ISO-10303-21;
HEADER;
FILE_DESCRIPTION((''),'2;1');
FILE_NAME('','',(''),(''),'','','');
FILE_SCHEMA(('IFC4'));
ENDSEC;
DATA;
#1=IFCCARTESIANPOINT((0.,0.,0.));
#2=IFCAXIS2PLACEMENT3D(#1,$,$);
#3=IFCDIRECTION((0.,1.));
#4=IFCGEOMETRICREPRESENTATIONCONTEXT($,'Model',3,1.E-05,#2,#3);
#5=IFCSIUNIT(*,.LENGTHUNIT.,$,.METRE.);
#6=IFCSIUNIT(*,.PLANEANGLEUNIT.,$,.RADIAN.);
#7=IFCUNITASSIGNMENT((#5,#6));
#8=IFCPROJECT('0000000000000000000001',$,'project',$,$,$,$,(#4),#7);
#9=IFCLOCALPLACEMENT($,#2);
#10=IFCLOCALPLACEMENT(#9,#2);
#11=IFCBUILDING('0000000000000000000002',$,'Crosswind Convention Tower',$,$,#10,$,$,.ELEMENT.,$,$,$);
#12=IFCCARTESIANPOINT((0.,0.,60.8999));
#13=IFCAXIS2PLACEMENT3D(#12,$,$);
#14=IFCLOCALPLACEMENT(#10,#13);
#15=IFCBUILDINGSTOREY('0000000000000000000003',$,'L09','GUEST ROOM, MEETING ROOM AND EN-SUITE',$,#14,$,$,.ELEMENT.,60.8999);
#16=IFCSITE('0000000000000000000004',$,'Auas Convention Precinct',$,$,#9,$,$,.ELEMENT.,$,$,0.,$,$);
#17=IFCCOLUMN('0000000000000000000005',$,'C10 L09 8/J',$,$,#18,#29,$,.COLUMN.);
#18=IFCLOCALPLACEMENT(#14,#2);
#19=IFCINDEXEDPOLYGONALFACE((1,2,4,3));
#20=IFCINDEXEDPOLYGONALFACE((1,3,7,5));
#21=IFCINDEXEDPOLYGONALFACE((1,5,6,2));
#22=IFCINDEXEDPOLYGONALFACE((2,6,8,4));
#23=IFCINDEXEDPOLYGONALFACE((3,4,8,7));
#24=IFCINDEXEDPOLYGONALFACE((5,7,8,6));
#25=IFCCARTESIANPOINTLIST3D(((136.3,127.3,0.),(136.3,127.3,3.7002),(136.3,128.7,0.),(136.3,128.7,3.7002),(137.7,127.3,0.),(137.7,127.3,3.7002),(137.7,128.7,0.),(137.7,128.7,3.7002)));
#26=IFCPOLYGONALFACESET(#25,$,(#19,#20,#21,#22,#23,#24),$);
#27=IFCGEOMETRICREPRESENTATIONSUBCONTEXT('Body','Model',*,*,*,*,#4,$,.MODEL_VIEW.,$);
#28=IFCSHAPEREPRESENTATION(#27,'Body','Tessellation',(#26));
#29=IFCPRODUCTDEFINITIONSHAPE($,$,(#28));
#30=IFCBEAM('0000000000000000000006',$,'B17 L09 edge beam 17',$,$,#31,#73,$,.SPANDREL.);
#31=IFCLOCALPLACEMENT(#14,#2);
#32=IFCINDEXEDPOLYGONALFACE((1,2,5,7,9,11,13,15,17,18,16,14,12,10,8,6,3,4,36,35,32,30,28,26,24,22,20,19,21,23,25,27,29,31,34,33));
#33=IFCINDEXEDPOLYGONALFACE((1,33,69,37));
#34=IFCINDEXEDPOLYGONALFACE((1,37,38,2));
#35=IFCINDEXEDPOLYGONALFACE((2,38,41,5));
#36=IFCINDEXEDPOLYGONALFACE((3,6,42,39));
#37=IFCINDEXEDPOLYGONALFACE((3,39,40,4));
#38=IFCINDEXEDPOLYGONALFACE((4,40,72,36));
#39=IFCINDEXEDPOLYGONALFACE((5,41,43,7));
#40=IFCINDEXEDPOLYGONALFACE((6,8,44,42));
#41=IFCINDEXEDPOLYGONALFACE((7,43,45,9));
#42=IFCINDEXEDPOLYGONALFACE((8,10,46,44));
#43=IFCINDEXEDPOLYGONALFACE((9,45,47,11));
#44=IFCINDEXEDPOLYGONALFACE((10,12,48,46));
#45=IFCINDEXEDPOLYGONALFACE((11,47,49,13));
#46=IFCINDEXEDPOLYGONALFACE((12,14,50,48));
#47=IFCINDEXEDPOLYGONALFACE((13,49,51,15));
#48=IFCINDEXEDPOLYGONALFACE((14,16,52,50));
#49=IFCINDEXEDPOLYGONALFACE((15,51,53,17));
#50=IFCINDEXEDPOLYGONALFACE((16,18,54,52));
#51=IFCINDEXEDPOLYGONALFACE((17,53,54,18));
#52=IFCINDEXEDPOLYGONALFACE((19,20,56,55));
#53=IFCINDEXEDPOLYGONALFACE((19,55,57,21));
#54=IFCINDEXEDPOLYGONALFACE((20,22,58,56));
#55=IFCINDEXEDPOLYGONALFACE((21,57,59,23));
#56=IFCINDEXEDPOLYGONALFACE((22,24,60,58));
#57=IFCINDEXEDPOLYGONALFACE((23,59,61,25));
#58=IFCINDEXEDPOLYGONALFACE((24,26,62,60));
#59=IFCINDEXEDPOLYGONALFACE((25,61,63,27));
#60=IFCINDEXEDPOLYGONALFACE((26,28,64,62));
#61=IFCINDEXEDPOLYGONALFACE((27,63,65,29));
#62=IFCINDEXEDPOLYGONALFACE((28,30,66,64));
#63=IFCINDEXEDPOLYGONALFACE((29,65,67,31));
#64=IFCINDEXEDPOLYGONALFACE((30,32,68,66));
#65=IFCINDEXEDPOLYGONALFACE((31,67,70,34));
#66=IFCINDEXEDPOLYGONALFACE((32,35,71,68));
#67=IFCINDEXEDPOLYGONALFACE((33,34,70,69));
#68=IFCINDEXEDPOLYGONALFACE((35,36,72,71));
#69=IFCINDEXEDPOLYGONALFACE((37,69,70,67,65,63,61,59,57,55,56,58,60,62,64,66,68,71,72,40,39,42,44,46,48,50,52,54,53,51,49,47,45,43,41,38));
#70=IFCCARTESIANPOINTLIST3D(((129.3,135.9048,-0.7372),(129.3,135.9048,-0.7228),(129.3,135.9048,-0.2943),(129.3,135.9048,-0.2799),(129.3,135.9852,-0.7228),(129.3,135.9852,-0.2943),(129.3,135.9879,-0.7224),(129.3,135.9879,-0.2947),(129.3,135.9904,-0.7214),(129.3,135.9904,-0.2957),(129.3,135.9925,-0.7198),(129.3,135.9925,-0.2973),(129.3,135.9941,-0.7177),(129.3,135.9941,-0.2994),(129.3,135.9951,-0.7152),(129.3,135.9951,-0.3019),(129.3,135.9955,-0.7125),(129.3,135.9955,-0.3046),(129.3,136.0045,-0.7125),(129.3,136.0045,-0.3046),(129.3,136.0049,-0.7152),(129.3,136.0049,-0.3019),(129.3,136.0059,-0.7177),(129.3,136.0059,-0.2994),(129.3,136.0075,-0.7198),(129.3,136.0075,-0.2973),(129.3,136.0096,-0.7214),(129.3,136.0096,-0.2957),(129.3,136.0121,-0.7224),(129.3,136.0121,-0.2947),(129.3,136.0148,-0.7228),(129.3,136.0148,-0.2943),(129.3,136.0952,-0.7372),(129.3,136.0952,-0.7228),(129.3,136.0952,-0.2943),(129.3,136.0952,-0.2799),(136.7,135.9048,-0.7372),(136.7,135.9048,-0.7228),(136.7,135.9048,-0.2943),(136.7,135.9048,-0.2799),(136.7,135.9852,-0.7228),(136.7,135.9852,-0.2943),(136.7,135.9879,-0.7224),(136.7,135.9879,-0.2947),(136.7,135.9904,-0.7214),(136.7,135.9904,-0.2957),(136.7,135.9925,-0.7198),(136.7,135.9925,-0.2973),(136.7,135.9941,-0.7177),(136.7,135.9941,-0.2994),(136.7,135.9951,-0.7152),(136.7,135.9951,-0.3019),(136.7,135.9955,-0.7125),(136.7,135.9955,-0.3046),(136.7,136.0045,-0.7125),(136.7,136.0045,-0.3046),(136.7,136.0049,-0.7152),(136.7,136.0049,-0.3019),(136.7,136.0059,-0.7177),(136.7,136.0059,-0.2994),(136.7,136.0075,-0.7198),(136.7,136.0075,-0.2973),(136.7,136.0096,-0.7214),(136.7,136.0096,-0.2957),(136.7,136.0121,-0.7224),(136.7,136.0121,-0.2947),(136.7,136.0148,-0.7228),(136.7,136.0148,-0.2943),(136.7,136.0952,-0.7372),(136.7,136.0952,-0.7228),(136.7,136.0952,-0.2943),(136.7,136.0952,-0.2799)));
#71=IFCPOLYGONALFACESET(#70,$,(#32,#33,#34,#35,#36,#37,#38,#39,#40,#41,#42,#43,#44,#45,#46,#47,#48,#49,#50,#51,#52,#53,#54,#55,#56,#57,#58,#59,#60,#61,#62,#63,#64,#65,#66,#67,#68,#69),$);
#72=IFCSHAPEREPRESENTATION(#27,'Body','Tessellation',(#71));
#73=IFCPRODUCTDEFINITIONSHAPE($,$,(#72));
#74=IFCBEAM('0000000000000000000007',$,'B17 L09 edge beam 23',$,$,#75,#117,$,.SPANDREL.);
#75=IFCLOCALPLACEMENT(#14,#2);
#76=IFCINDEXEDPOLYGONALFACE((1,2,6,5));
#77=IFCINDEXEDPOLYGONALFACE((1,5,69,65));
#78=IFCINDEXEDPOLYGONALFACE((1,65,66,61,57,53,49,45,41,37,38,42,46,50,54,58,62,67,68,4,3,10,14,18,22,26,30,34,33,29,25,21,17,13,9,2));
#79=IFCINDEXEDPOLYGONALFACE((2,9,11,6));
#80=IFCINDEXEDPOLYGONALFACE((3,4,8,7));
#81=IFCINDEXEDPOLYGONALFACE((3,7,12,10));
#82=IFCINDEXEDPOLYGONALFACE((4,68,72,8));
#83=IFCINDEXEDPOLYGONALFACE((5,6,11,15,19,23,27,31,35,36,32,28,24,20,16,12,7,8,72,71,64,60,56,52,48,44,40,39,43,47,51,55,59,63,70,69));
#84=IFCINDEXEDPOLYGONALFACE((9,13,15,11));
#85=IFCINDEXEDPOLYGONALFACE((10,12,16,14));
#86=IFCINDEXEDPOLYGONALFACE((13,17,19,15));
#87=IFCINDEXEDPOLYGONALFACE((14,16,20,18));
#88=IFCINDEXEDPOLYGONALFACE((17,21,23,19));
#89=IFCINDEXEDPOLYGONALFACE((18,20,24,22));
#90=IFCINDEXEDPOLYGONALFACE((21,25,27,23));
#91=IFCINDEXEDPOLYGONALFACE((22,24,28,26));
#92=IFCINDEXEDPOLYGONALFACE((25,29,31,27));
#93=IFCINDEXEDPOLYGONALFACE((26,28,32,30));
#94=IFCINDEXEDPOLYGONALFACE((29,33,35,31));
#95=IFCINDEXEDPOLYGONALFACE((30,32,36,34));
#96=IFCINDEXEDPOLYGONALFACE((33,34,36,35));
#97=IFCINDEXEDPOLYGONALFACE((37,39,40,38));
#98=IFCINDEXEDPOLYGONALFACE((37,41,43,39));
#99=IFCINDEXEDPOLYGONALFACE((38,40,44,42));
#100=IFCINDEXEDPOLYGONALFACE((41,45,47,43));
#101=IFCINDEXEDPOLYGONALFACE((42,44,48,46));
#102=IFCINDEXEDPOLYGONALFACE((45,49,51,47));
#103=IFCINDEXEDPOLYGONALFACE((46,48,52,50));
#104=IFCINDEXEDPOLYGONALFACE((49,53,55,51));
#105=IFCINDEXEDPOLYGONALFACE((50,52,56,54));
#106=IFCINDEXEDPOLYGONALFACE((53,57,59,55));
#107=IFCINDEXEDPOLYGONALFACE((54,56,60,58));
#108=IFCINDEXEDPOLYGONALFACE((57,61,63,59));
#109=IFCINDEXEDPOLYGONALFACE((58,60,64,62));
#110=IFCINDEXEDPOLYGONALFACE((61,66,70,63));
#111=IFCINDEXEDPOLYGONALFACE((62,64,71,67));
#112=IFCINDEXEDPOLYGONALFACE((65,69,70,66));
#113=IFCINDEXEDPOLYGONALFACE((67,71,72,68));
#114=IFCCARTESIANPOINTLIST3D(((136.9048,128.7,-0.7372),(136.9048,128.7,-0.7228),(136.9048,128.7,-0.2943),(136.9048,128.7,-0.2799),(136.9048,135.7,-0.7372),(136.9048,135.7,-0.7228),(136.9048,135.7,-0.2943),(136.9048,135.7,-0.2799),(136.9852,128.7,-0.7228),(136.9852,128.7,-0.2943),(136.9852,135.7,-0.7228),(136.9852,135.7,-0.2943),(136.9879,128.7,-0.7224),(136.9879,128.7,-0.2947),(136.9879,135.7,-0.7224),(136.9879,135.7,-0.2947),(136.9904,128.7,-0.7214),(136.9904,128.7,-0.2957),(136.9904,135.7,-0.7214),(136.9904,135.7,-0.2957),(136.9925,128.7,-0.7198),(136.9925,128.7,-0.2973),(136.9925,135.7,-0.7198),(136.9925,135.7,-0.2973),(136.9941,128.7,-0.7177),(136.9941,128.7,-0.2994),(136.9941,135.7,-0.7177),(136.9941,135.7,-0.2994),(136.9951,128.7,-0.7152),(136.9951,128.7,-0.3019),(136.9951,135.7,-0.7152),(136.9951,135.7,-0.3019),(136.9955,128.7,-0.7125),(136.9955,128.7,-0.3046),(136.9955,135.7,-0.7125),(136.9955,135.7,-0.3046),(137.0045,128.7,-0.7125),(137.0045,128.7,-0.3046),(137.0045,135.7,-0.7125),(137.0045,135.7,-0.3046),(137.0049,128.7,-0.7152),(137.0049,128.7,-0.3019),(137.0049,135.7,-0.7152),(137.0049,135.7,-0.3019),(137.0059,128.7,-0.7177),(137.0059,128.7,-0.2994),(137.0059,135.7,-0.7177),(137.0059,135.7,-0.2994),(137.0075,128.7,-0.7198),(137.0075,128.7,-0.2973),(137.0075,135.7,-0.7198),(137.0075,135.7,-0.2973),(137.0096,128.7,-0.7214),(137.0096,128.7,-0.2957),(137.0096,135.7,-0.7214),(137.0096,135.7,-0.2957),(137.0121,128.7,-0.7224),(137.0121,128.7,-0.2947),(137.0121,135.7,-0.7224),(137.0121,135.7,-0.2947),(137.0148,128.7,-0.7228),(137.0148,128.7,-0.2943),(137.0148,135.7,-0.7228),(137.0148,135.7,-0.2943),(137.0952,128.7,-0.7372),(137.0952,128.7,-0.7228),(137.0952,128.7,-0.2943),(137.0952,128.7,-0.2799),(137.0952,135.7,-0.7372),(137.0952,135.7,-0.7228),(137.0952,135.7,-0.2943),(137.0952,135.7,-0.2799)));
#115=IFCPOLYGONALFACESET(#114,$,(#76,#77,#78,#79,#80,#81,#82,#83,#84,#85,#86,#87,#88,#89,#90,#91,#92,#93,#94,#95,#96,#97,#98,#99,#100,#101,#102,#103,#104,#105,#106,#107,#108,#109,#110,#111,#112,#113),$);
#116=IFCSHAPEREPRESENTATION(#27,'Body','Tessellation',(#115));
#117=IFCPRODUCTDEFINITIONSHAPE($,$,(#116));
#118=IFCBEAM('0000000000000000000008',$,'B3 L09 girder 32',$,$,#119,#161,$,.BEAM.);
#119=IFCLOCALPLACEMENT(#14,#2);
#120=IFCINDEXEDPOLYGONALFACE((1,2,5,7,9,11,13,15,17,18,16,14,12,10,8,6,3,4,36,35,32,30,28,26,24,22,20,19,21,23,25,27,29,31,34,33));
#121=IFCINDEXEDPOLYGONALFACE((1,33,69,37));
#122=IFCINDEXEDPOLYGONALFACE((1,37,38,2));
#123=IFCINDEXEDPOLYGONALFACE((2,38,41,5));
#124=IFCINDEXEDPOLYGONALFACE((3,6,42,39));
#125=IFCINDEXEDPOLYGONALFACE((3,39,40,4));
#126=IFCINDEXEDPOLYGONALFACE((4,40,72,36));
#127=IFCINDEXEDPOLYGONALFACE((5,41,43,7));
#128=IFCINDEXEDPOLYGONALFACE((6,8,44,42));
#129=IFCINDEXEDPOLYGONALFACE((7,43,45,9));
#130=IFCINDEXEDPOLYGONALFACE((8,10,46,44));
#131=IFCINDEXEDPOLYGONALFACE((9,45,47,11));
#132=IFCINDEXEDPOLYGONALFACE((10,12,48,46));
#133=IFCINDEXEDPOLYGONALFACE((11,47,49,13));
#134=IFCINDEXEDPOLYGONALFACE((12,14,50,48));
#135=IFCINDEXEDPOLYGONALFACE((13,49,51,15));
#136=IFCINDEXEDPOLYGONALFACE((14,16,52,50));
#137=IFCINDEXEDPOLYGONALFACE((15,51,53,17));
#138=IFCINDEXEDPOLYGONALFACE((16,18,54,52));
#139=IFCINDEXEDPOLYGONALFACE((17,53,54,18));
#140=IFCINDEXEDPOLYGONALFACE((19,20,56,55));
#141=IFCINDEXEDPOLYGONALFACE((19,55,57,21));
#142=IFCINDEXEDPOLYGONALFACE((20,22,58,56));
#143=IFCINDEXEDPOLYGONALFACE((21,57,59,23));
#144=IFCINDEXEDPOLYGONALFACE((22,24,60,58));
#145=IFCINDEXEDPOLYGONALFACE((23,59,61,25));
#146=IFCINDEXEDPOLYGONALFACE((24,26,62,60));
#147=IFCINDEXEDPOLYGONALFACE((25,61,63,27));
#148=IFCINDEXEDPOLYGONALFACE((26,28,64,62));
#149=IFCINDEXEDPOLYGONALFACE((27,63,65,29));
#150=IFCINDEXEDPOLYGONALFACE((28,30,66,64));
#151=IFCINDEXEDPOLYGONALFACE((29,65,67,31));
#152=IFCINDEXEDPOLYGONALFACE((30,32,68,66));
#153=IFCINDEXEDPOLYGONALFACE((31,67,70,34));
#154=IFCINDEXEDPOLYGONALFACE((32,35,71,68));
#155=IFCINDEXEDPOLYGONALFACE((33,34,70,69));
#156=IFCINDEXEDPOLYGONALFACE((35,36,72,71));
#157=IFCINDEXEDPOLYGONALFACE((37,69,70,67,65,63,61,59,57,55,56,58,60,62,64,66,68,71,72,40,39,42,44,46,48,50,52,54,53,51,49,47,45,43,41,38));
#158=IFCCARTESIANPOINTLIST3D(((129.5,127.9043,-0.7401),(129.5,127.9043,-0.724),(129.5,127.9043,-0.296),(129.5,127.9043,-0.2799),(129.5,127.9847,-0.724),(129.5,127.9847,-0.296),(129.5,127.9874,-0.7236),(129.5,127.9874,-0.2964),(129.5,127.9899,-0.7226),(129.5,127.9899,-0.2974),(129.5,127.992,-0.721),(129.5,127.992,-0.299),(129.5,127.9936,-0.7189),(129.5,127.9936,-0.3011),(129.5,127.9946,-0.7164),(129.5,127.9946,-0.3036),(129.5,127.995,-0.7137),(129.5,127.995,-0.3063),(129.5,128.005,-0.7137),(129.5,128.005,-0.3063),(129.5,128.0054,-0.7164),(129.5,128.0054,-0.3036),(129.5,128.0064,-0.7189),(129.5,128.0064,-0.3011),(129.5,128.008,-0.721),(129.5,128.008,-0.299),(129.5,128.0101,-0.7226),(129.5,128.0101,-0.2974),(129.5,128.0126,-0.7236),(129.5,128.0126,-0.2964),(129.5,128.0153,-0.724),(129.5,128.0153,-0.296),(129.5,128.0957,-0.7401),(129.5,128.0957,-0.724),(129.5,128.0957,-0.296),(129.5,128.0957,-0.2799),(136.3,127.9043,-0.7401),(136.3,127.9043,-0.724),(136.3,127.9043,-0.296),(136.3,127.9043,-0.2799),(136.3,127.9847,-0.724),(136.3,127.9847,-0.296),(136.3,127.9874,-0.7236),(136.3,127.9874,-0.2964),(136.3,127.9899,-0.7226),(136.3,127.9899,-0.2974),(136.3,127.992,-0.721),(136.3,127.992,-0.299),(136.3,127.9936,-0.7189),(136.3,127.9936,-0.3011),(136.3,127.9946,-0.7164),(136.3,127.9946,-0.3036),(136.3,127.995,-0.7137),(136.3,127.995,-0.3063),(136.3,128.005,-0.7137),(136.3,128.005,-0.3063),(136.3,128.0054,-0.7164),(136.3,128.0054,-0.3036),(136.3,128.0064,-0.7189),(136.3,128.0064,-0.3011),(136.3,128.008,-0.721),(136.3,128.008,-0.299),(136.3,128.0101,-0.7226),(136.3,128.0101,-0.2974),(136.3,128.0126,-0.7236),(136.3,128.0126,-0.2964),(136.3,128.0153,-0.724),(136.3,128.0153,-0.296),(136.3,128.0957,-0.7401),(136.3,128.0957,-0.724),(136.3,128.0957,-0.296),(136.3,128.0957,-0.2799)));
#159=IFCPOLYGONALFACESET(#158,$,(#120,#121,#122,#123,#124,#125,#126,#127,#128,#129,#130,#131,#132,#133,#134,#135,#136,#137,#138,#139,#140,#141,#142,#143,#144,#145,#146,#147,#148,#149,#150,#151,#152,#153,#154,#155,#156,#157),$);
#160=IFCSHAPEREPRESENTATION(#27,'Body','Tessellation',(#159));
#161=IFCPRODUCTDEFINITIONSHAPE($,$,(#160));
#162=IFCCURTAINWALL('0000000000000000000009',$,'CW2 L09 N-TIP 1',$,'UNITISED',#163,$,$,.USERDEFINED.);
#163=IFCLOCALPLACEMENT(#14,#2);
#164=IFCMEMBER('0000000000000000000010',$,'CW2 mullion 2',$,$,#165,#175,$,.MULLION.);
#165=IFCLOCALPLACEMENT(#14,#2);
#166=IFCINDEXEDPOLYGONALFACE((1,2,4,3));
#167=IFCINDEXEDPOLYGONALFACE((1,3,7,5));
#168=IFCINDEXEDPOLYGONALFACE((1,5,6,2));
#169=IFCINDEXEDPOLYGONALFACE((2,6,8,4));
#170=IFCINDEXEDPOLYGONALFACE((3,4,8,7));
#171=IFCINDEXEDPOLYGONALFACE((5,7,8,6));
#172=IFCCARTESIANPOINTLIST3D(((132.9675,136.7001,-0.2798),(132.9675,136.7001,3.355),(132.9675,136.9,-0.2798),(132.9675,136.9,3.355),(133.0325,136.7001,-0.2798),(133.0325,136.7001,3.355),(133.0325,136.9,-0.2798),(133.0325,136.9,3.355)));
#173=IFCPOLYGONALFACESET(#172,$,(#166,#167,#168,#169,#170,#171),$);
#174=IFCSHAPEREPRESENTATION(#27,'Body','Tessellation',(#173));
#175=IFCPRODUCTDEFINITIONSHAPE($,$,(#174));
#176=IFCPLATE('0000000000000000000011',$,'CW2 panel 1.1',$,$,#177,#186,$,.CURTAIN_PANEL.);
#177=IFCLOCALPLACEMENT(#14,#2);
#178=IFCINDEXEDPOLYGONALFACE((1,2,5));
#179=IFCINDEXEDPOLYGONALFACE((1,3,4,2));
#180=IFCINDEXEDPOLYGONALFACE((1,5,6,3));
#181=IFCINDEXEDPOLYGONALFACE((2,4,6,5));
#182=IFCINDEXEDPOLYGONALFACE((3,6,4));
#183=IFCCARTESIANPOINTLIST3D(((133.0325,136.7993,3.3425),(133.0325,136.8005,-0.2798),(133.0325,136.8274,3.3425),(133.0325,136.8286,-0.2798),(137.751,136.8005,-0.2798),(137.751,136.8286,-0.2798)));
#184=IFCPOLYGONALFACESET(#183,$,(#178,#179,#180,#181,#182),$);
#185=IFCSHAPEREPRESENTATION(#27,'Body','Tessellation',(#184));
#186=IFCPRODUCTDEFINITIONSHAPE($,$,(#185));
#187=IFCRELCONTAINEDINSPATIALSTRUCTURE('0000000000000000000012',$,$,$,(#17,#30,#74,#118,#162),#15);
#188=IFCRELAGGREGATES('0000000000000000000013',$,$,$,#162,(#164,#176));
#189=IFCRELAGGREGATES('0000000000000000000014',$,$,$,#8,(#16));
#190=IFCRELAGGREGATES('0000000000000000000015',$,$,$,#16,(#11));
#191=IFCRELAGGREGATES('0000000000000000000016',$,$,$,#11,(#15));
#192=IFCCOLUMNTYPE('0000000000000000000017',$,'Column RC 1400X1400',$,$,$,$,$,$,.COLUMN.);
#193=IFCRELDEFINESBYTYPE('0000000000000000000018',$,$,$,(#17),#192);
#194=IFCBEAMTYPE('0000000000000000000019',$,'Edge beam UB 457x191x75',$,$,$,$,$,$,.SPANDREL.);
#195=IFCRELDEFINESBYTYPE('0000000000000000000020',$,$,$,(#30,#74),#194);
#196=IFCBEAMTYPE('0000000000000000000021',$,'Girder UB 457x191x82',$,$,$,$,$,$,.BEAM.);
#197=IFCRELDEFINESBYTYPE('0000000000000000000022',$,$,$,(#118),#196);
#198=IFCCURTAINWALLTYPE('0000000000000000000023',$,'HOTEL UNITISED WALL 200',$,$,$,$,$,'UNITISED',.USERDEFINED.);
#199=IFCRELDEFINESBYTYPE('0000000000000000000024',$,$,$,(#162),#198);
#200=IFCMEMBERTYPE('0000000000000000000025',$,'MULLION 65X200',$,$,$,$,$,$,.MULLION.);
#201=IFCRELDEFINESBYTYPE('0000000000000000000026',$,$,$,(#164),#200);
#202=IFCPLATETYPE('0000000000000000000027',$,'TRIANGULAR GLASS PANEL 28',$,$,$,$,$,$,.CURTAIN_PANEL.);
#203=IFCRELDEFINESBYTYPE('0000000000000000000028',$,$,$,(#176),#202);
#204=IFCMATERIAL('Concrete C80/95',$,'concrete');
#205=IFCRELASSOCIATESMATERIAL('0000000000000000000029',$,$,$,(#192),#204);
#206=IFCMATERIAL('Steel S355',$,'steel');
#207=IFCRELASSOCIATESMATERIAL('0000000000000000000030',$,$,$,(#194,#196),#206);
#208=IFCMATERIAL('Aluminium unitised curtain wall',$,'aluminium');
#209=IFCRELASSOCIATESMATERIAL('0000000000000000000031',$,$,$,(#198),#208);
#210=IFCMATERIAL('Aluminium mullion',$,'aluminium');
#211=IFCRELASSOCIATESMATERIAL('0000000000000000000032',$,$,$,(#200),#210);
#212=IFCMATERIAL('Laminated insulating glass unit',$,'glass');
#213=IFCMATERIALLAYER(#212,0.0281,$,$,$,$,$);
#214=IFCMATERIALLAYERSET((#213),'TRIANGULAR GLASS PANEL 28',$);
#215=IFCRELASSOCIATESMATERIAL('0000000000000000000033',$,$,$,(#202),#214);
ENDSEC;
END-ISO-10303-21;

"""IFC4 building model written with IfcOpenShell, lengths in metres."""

from ifc_helpers import new_model, si_unit, direction, frame, origin, origin_2d, place, context, subcontext, project, spatial, polyline, rectangle, i_section, outline, extrude, material, layer, layer_set, material_profile, profile_set, type_object, element, aggregate, save


model = new_model("IFC4")

# Units and contexts
model_context = context("Model", 3, precision=1e-05, world=origin(), true_north=direction((0.0, 1.0)))
body_context = subcontext(model_context, "Body", "Model", "MODEL_VIEW")
ifc_project = project(units=[si_unit("LENGTHUNIT", "METRE"), si_unit("PLANEANGLEUNIT", "RADIAN")], contexts=[model_context])

# Site, building, storey
site_placement = place(None, origin())
site = spatial("IfcSite", under=ifc_project, at=site_placement, Name="Auas Convention Precinct", CompositionType="ELEMENT", RefElevation=0.0)
building_placement = place(site_placement, origin())
building = spatial("IfcBuilding", under=site, at=building_placement, Name="Crosswind Convention Tower", CompositionType="ELEMENT")
storey_placement = place(building_placement, frame((0.0, 0.0, 60.8999)))
storey = spatial("IfcBuildingStorey", under=building, at=storey_placement, Name="L09", Description="GUEST ROOM, MEETING ROOM AND EN-SUITE", CompositionType="ELEMENT", Elevation=60.8999)

# Column
ifc_material_1 = material(Name="Concrete C80/95", Category="concrete")
ifc_material_profile_1 = material_profile(ifc_material_1, rectangle(XDim=1.3999, YDim=1.3999, at=origin_2d()), Name="RC 1400X1400")
ifc_profile_set_1 = profile_set([ifc_material_profile_1], Name="Concrete C80/95")
column_type = type_object("IfcColumnType", Name="Column RC 1400X1400", PredefinedType="COLUMN", material=ifc_profile_set_1)
column_placement = place(storey_placement, frame((137.0, 128.0, 0.0), z_axis=(0.0, 0.0, 1.0), x_axis=(1.0, 0.0, 0.0)))
element("IfcColumn", 1, at=column_placement, inside=storey, type_object=column_type, Name="C10 L09 8/J", PredefinedType="COLUMN", context=body_context, shape_type="SweptSolid", body=[
    extrude(rectangle(XDim=1.3999, YDim=1.3999, at=origin_2d()), origin(), (0.0, 0.0, 1.0), 3.7002),
])

# Beams
ifc_material_2 = material(Name="Steel S355", Category="steel")
ifc_material_profile_2 = material_profile(ifc_material_2, i_section(OverallWidth=0.1904, OverallDepth=0.4573, WebThickness=0.009, FlangeThickness=0.0144, FilletRadius=0.0103, at=origin_2d()), Name="UB 457x191x75")
ifc_profile_set_2 = profile_set([ifc_material_profile_2], Name="Steel S355")
beam_type_1 = type_object("IfcBeamType", Name="Edge beam UB 457x191x75", PredefinedType="SPANDREL", material=ifc_profile_set_2)
beam_1_placement = place(storey_placement, frame((129.3, 136.0, -0.5085), z_axis=(1.0, 0.0, 0.0), x_axis=(0.0, 1.0, 0.0)))
element("IfcBeam", 2, at=beam_1_placement, inside=storey, type_object=beam_type_1, Name="B17 L09 edge beam 17", PredefinedType="SPANDREL", context=body_context, shape_type="SweptSolid", body=[
    extrude(i_section(OverallWidth=0.1904, OverallDepth=0.4573, WebThickness=0.009, FlangeThickness=0.0144, FilletRadius=0.0103, at=origin_2d()), origin(), (0.0, 0.0, 1.0), 7.3999),
])
beam_2_placement = place(storey_placement, frame((137.0, 128.7, -0.5085), z_axis=(0.0, 1.0, 0.0), x_axis=(-1.0, 0.0, 0.0)))
element("IfcBeam", 3, at=beam_2_placement, inside=storey, type_object=beam_type_1, Name="B17 L09 edge beam 23", PredefinedType="SPANDREL", context=body_context, shape_type="SweptSolid", body=[
    extrude(i_section(OverallWidth=0.1904, OverallDepth=0.4573, WebThickness=0.009, FlangeThickness=0.0144, FilletRadius=0.0103, at=origin_2d()), origin(), (0.0, 0.0, 1.0), 7.0),
])
ifc_material_profile_3 = material_profile(ifc_material_2, i_section(OverallWidth=0.1914, OverallDepth=0.4602, WebThickness=0.01, FlangeThickness=0.0161, FilletRadius=0.0103, at=origin_2d()), Name="UB 457x191x82")
ifc_profile_set_3 = profile_set([ifc_material_profile_3], Name="Steel S355")
beam_type_2 = type_object("IfcBeamType", Name="Girder UB 457x191x82", PredefinedType="BEAM", material=ifc_profile_set_3)
beam_3_placement = place(storey_placement, frame((129.5, 128.0, -0.51), z_axis=(1.0, 0.0, 0.0), x_axis=(0.0, 1.0, 0.0)))
element("IfcBeam", 4, at=beam_3_placement, inside=storey, type_object=beam_type_2, Name="B3 L09 girder 32", PredefinedType="BEAM", context=body_context, shape_type="SweptSolid", body=[
    extrude(i_section(OverallWidth=0.1914, OverallDepth=0.4602, WebThickness=0.01, FlangeThickness=0.0161, FilletRadius=0.0103, at=origin_2d()), origin(), (0.0, 0.0, 1.0), 6.8),
])

# Curtain wall, member, plate
ifc_material_3 = material(Name="Aluminium unitised curtain wall", Category="aluminium")
curtain_wall_type = type_object("IfcCurtainWallType", Name="HOTEL UNITISED WALL 200", ElementType="UNITISED", PredefinedType="USERDEFINED", material=ifc_material_3)
curtain_wall_placement = place(storey_placement, origin())
curtain_wall = element("IfcCurtainWall", 5, at=curtain_wall_placement, inside=storey, type_object=curtain_wall_type, Name="CW2 L09 N-TIP 1", ObjectType="UNITISED", PredefinedType="USERDEFINED")
ifc_material_4 = material(Name="Aluminium mullion", Category="aluminium")
ifc_material_profile_4 = material_profile(ifc_material_4, rectangle(XDim=0.2, YDim=0.0649, at=origin_2d()), Name="AL 200X65")
ifc_profile_set_4 = profile_set([ifc_material_profile_4], Name="Aluminium mullion")
member_type = type_object("IfcMemberType", Name="MULLION 65X200", PredefinedType="MULLION", material=ifc_profile_set_4)
member_placement = place(storey_placement, frame((133.0, 136.8, -0.2798), z_axis=(0.0, 0.0, 1.0), x_axis=(0.0, 1.0, 0.0)))
member = element("IfcMember", 6, at=member_placement, type_object=member_type, Name="CW2 mullion 2", PredefinedType="MULLION", context=body_context, shape_type="SweptSolid", body=[
    extrude(rectangle(XDim=0.2, YDim=0.0649, at=origin_2d()), origin(), (0.0, 0.0, 1.0), 3.6348),
])
ifc_material_5 = material(Name="Laminated insulating glass unit", Category="glass")
ifc_layer_1 = layer(ifc_material_5, 0.0281)
ifc_layer_set_1 = layer_set([ifc_layer_1], Name="TRIANGULAR GLASS PANEL 28")
plate_type = type_object("IfcPlateType", Name="TRIANGULAR GLASS PANEL 28", PredefinedType="CURTAIN_PANEL", material=ifc_layer_set_1)
plate_1_placement = place(storey_placement, frame((133.0325, 136.8286, -0.2798), z_axis=(0.0, 1.0, 0.000337), x_axis=(0.0, -0.000337, 1.0)))
plate_1 = element("IfcPlate", 7, at=plate_1_placement, type_object=plate_type, Name="CW2 panel 1.1", PredefinedType="CURTAIN_PANEL", context=body_context, shape_type="SweptSolid", body=[
    extrude(outline(polyline([(0.0, 0.0), (3.6223, 0.0), (0.0, 4.7185), (0.0, 0.0)])), origin(), (0.0, 0.0, -1.0), 0.0281),
])
aggregate(curtain_wall, [member, plate_1])

save(model, "model.ifc")
